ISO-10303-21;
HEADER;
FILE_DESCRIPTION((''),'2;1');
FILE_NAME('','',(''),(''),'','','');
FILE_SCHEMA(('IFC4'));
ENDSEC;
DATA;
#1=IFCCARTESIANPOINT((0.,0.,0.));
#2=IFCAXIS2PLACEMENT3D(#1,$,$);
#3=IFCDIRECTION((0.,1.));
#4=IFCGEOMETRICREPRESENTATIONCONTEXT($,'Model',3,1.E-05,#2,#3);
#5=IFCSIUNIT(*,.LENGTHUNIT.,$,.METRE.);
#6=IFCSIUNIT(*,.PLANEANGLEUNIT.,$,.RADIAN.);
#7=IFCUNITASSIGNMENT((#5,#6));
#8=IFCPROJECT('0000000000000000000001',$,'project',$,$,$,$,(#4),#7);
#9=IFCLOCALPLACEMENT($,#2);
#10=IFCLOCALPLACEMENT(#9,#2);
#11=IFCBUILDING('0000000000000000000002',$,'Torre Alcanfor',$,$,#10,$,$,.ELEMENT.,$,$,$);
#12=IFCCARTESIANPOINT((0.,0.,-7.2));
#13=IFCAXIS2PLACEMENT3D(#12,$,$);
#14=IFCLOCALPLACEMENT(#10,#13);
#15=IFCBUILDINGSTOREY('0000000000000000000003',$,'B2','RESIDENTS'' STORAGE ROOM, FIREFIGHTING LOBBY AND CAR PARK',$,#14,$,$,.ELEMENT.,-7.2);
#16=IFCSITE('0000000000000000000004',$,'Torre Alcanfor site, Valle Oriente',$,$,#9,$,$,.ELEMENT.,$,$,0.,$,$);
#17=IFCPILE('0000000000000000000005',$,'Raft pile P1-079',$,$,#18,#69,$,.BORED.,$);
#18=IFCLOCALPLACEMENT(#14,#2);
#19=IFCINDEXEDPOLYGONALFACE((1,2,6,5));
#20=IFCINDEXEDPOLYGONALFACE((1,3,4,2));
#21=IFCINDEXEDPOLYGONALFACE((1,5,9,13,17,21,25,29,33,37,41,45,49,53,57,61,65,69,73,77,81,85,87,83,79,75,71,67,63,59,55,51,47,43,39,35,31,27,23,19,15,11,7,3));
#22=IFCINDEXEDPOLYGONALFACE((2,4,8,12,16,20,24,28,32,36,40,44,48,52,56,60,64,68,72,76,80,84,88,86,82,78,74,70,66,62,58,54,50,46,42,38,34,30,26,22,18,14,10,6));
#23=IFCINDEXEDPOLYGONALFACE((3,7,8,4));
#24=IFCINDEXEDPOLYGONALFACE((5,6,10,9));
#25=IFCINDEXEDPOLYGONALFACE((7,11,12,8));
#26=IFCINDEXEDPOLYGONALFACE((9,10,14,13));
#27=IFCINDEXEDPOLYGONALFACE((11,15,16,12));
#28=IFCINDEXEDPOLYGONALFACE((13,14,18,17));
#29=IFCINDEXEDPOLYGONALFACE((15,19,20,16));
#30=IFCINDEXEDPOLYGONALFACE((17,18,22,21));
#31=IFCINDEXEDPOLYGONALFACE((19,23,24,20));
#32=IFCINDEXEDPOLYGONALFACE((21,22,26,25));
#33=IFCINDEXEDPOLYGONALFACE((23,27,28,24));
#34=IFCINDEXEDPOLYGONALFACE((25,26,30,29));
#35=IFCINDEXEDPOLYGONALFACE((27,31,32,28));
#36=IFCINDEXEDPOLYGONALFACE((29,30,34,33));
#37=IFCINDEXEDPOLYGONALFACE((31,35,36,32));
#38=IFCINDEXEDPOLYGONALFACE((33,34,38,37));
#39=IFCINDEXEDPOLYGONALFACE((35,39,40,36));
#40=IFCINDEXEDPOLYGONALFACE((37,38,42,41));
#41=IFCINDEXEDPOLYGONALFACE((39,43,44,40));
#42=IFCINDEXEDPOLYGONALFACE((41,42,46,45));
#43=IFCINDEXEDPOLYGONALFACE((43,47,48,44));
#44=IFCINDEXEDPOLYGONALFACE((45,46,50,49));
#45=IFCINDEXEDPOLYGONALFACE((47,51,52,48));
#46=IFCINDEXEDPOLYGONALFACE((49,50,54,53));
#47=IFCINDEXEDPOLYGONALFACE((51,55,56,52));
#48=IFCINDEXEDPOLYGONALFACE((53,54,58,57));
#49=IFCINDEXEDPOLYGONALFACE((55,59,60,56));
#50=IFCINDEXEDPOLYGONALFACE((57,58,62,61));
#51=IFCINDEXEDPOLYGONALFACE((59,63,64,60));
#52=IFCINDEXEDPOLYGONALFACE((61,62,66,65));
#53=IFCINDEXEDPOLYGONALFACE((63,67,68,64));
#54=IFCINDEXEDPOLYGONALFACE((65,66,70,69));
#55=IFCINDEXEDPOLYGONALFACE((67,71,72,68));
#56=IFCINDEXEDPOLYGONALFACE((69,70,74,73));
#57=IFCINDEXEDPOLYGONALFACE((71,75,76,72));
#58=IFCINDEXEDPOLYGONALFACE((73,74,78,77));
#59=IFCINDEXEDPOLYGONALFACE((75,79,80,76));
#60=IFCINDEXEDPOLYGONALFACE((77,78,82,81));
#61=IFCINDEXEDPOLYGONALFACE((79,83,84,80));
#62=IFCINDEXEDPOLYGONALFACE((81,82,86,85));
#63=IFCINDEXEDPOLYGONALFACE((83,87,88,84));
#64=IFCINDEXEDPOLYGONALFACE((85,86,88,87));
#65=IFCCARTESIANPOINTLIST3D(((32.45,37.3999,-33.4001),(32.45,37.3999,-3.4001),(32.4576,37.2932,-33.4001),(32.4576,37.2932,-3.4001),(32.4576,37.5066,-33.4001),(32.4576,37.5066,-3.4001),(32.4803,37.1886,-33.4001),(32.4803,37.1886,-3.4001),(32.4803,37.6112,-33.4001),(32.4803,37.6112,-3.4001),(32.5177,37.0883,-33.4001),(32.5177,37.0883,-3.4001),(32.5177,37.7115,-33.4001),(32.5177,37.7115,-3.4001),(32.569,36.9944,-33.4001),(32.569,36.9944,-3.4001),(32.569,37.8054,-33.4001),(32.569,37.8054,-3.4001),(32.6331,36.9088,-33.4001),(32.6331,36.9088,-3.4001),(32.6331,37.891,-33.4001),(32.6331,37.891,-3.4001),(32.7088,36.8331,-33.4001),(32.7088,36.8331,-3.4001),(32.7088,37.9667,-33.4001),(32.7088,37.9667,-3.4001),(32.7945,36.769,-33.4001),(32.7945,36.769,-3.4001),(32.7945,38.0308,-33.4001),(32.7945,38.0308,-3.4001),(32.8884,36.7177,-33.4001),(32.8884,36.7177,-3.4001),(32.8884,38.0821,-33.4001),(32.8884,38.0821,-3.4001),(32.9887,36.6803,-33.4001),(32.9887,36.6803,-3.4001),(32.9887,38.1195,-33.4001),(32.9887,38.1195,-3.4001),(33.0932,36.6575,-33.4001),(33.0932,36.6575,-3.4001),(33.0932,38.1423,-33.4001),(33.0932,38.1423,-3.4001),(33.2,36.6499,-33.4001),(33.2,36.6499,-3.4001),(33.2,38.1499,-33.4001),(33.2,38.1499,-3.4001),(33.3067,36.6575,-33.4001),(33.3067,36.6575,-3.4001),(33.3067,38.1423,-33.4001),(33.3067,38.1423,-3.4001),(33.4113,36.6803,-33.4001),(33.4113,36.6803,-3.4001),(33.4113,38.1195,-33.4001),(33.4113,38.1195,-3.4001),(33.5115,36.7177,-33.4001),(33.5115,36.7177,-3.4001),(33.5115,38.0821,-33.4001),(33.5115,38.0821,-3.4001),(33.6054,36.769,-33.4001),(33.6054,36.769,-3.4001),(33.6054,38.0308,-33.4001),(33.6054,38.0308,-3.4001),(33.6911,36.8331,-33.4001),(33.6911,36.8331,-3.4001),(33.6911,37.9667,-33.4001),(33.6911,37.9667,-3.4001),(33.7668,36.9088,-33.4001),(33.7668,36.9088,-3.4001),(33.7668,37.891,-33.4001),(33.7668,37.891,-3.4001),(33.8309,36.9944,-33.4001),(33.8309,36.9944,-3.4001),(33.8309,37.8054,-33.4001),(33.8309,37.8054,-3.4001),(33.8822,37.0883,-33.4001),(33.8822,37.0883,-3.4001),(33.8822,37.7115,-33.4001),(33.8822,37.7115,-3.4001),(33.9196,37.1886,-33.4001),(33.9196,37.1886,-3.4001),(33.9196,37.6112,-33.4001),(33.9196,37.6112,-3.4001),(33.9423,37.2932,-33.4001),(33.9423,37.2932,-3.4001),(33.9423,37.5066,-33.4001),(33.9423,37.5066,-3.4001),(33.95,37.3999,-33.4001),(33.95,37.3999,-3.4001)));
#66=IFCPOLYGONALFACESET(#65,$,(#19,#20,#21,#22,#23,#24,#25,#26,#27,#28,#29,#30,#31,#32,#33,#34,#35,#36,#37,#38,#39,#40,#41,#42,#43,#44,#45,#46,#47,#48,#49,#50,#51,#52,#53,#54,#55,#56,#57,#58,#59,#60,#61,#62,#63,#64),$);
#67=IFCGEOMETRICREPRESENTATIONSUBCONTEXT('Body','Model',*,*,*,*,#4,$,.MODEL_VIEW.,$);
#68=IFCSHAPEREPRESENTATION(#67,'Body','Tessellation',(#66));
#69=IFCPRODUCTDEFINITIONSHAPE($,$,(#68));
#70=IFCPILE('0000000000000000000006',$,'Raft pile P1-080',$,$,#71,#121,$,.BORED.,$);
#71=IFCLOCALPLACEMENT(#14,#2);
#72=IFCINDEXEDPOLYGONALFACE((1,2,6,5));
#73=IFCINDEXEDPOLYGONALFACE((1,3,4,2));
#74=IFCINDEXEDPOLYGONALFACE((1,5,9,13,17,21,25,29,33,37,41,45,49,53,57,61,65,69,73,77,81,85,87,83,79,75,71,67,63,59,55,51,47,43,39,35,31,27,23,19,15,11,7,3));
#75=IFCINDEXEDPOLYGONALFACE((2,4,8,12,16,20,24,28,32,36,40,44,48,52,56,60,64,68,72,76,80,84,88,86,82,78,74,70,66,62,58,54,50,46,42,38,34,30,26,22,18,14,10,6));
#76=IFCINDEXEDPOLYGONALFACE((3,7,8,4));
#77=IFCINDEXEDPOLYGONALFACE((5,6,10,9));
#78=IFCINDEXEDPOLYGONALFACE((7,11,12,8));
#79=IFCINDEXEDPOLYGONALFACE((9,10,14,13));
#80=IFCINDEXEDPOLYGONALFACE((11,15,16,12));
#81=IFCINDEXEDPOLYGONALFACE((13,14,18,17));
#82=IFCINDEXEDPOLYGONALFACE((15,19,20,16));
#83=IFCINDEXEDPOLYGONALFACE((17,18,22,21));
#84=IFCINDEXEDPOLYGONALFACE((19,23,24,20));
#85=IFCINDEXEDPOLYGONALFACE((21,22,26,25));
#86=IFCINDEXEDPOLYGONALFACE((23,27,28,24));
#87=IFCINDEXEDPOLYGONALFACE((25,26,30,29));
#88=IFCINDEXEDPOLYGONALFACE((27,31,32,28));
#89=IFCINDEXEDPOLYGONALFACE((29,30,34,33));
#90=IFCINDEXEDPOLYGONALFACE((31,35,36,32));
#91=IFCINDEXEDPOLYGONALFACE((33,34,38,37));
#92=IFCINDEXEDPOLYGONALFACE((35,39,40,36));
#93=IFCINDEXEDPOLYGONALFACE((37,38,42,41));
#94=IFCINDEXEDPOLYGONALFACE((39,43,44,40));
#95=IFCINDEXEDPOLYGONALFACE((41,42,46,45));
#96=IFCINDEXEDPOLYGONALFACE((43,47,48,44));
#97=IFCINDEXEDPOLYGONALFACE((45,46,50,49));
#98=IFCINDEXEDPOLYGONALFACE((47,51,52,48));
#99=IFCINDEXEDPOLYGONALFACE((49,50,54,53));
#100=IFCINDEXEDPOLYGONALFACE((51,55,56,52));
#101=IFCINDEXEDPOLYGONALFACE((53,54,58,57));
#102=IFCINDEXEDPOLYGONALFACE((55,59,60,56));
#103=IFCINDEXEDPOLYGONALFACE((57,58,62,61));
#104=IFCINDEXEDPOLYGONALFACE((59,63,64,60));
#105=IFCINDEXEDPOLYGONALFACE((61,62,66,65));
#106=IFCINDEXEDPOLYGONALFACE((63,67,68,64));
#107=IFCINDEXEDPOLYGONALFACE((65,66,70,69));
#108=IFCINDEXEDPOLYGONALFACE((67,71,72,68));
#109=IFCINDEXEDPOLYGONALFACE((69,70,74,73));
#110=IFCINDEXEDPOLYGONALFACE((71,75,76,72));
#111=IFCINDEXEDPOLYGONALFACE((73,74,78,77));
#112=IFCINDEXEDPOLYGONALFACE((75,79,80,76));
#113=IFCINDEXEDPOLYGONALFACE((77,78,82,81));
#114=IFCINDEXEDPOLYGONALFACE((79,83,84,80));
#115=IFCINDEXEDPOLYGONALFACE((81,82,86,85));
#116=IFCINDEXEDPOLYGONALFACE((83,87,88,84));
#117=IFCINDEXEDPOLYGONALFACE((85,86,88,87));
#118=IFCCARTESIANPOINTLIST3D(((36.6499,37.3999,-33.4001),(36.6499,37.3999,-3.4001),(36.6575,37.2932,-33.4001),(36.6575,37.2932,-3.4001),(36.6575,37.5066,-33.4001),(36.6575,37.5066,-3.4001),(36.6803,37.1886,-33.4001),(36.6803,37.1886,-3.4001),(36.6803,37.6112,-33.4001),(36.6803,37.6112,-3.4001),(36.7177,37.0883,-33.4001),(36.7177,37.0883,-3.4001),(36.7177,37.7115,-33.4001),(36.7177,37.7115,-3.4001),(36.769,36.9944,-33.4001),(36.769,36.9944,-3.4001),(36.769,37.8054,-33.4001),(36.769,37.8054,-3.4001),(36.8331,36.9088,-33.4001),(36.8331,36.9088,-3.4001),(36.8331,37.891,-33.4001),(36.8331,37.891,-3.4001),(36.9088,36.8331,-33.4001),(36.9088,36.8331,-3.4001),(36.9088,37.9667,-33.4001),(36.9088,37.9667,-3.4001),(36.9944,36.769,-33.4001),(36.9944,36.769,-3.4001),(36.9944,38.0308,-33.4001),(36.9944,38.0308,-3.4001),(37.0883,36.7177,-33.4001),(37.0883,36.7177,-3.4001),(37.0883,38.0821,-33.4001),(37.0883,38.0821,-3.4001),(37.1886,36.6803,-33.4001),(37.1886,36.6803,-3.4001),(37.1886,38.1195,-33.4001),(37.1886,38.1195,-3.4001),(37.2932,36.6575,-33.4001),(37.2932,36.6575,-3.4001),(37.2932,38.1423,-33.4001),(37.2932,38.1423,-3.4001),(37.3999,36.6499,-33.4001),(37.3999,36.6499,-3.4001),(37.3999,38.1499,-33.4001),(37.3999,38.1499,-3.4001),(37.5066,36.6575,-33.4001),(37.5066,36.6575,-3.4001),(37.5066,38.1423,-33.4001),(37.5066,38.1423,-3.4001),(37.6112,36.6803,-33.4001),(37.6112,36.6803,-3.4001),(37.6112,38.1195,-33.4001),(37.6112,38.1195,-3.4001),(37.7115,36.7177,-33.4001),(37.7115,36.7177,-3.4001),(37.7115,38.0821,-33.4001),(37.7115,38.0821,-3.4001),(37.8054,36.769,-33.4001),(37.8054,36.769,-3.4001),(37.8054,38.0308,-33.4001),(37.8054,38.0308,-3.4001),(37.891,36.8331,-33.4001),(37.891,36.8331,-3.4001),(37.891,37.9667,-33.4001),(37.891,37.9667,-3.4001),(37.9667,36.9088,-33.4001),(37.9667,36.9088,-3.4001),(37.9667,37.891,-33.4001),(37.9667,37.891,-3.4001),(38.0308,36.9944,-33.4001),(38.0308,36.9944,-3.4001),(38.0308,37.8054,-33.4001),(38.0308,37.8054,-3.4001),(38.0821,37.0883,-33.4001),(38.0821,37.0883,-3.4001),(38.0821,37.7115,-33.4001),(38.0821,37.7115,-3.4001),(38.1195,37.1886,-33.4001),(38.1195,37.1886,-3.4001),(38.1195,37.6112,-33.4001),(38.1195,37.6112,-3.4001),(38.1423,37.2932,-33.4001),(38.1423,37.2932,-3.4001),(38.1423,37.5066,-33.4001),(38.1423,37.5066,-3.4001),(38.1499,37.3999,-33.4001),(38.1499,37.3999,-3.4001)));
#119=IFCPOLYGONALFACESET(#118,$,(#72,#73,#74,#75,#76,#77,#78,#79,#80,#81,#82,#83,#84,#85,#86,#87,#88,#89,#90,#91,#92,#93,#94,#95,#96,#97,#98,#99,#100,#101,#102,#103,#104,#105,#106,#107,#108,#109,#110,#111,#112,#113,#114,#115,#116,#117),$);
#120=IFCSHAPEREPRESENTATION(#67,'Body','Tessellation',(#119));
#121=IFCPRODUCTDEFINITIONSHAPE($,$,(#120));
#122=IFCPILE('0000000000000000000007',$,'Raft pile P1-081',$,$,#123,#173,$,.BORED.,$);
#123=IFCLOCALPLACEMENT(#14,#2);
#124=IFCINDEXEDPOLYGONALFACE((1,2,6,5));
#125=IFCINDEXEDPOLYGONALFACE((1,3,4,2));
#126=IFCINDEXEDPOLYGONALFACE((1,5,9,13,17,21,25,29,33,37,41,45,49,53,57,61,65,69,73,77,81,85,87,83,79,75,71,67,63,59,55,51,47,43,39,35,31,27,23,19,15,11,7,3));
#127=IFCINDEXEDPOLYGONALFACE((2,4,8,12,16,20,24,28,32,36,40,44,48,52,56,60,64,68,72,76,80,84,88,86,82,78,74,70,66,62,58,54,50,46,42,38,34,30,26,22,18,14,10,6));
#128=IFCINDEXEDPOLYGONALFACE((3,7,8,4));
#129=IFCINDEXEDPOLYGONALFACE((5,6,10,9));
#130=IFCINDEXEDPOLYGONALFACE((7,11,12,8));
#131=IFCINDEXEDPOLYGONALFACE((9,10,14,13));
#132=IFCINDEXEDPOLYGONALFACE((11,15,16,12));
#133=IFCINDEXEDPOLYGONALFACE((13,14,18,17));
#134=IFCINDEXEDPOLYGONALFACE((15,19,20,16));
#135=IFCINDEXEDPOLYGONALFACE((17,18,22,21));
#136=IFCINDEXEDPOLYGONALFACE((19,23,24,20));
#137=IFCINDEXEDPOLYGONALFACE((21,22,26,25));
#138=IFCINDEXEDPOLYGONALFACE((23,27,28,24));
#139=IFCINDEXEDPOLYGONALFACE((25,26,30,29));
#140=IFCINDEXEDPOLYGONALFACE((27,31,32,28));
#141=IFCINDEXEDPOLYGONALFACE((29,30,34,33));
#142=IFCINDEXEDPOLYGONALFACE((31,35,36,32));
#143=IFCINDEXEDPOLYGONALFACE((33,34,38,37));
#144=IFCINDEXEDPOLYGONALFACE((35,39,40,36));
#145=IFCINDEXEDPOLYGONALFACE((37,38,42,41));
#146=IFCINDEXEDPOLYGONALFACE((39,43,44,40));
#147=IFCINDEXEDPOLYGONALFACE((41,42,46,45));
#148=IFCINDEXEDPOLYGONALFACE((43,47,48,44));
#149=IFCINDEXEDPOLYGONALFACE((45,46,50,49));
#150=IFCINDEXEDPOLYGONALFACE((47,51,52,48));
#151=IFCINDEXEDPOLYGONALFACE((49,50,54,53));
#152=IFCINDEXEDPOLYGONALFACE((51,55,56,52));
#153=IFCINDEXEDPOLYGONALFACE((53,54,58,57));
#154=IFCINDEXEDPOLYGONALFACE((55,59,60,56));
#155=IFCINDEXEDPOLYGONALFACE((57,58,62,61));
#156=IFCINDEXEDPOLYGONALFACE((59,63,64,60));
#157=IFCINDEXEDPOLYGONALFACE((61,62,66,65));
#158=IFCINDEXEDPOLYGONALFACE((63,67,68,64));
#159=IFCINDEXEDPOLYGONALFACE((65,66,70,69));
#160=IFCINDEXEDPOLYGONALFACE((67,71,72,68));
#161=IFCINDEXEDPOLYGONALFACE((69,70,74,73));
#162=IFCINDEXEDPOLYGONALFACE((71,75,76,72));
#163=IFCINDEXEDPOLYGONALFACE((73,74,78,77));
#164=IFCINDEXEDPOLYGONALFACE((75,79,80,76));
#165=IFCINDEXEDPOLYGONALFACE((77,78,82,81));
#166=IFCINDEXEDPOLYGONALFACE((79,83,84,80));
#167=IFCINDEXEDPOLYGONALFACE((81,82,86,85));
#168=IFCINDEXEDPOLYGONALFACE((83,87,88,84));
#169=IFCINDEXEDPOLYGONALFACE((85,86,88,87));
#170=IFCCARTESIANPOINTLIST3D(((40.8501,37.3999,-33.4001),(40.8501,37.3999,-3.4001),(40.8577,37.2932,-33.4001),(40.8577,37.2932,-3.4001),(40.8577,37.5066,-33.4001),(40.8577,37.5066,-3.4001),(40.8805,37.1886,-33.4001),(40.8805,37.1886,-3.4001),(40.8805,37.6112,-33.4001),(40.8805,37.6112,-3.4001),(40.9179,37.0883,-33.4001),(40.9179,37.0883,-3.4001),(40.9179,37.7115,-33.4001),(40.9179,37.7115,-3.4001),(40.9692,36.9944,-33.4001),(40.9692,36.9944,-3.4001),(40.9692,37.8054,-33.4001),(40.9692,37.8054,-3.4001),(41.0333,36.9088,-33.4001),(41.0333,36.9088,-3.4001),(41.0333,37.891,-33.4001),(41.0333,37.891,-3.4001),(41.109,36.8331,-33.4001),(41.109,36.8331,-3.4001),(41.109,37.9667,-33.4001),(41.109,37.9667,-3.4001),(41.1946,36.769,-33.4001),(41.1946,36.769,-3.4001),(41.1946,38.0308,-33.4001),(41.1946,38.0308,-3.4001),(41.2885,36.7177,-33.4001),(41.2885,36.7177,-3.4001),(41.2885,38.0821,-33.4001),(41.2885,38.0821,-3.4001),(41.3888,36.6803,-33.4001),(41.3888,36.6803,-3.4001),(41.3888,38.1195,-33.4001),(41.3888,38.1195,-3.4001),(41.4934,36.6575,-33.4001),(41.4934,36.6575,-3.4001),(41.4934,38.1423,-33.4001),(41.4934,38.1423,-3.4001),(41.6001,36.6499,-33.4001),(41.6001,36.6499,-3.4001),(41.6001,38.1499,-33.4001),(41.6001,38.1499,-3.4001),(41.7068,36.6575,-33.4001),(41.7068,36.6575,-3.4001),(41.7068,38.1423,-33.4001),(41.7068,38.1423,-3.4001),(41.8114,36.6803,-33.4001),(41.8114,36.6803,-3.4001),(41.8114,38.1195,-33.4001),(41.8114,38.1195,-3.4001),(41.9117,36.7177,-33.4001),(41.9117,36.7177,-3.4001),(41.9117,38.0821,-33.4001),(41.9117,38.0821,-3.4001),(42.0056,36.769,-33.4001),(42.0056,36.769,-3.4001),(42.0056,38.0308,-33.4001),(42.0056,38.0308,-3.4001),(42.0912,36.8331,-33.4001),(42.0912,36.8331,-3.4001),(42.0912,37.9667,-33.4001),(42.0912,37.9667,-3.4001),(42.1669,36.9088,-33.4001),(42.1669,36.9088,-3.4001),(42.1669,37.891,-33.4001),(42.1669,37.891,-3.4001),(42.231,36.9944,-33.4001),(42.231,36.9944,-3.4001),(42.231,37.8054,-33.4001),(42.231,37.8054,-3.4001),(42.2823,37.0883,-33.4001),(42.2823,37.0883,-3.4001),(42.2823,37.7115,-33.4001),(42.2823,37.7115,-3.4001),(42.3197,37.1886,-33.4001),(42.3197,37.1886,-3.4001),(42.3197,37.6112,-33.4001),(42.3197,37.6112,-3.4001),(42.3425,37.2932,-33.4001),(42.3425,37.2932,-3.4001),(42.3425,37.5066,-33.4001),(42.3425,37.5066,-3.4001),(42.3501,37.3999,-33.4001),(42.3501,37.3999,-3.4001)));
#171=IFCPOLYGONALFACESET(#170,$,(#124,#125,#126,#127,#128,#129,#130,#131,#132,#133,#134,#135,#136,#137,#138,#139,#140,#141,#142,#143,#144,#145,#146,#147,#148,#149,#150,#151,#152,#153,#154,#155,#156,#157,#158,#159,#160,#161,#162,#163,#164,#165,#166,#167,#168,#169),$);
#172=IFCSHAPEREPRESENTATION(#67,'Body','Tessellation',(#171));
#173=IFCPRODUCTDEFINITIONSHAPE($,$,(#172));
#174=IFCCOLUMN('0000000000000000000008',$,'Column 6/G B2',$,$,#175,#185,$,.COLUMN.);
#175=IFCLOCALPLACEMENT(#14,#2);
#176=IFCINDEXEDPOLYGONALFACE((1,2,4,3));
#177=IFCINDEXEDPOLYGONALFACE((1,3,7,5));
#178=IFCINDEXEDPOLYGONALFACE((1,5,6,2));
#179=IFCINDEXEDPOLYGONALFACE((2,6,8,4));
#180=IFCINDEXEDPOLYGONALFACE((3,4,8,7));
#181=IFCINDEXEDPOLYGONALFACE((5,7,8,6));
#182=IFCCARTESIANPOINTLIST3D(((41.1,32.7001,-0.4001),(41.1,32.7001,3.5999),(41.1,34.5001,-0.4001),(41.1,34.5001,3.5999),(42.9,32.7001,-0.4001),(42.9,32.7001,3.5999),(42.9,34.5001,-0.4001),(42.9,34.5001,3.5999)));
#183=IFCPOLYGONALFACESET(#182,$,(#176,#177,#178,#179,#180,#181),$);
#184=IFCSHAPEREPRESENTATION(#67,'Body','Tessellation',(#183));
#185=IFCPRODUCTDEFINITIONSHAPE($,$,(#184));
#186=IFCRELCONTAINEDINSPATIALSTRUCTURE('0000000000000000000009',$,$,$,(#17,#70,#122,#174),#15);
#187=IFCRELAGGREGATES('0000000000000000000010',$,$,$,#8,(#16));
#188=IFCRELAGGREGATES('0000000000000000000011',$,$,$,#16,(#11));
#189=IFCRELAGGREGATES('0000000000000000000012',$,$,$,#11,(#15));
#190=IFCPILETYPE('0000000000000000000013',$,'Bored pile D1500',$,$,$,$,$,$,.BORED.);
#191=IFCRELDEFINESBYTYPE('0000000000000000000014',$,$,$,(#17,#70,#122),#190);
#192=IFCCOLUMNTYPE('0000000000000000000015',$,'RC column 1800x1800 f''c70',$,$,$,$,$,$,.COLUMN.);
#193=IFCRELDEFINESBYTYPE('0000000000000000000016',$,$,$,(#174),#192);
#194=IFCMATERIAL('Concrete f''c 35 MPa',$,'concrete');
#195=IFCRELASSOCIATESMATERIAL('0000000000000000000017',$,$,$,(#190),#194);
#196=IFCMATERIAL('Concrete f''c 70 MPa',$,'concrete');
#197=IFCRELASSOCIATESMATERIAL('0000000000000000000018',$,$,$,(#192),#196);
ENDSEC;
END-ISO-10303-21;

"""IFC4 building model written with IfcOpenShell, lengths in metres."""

from ifc_helpers import new_model, si_unit, direction, frame, origin, origin_2d, place, context, subcontext, project, spatial, rectangle, circle, extrude, material, material_profile, profile_set, type_object, element, save


model = new_model("IFC4")

# Units and contexts
model_context = context("Model", 3, precision=1e-05, world=origin(), true_north=direction((0.0, 1.0)))
body_context = subcontext(model_context, "Body", "Model", "MODEL_VIEW")
ifc_project = project(units=[si_unit("LENGTHUNIT", "METRE"), si_unit("PLANEANGLEUNIT", "RADIAN")], contexts=[model_context])

# Site, building, storey
site_placement = place(None, origin())
site = spatial("IfcSite", under=ifc_project, at=site_placement, Name="Torre Alcanfor site, Valle Oriente", CompositionType="ELEMENT", RefElevation=0.0)
building_placement = place(site_placement, origin())
building = spatial("IfcBuilding", under=site, at=building_placement, Name="Torre Alcanfor", CompositionType="ELEMENT")
storey_placement = place(building_placement, frame((0.0, 0.0, -7.2)))
storey = spatial("IfcBuildingStorey", under=building, at=storey_placement, Name="B2", Description="RESIDENTS' STORAGE ROOM, FIREFIGHTING LOBBY AND CAR PARK", CompositionType="ELEMENT", Elevation=-7.2)

# Piles
ifc_material_1 = material(Name="Concrete f'c 35 MPa", Category="concrete")
ifc_material_profile_1 = material_profile(ifc_material_1, circle(Radius=0.75, at=origin_2d()), Name="D1500")
ifc_profile_set_1 = profile_set([ifc_material_profile_1], Name="Concrete f'c 35 MPa")
pile_type = type_object("IfcPileType", Name="Bored pile D1500", PredefinedType="BORED", material=ifc_profile_set_1)
for number, where, z_axis, x_axis, name in (
    (1, (33.2, 37.3999, -3.4001), (0.0, 0.0, -1.0), (1.0, 0.0, 0.0), "Raft pile P1-079"),
    (2, (37.3999, 37.3999, -3.4001), (0.0, 0.0, -1.0), (1.0, 0.0, 0.0), "Raft pile P1-080"),
    (3, (41.6001, 37.3999, -3.4001), (0.0, 0.0, -1.0), (1.0, 0.0, 0.0), "Raft pile P1-081"),
):
    element("IfcPile", number, at=place(storey_placement, frame(where, z_axis=z_axis, x_axis=x_axis)), inside=storey, type_object=pile_type, Name=name, PredefinedType="BORED", context=body_context, shape_type="SweptSolid", body=[
        extrude(circle(Radius=0.75, at=origin_2d()), origin(), (0.0, 0.0, 1.0), 30.0),
    ])

# Column
ifc_material_2 = material(Name="Concrete f'c 70 MPa", Category="concrete")
ifc_material_profile_2 = material_profile(ifc_material_2, rectangle(XDim=1.8, YDim=1.8, at=origin_2d()), Name="1800x1800")
ifc_profile_set_2 = profile_set([ifc_material_profile_2], Name="Concrete f'c 70 MPa")
column_type = type_object("IfcColumnType", Name="RC column 1800x1800 f'c70", PredefinedType="COLUMN", material=ifc_profile_set_2)
column_placement = place(storey_placement, frame((42.0, 33.6001, -0.4001), z_axis=(0.0, 0.0, 1.0), x_axis=(1.0, 0.0, 0.0)))
element("IfcColumn", 4, at=column_placement, inside=storey, type_object=column_type, Name="Column 6/G B2", PredefinedType="COLUMN", context=body_context, shape_type="SweptSolid", body=[
    extrude(rectangle(XDim=1.8, YDim=1.8, at=origin_2d()), origin(), (0.0, 0.0, 1.0), 4.0),
])

save(model, "model.ifc")
